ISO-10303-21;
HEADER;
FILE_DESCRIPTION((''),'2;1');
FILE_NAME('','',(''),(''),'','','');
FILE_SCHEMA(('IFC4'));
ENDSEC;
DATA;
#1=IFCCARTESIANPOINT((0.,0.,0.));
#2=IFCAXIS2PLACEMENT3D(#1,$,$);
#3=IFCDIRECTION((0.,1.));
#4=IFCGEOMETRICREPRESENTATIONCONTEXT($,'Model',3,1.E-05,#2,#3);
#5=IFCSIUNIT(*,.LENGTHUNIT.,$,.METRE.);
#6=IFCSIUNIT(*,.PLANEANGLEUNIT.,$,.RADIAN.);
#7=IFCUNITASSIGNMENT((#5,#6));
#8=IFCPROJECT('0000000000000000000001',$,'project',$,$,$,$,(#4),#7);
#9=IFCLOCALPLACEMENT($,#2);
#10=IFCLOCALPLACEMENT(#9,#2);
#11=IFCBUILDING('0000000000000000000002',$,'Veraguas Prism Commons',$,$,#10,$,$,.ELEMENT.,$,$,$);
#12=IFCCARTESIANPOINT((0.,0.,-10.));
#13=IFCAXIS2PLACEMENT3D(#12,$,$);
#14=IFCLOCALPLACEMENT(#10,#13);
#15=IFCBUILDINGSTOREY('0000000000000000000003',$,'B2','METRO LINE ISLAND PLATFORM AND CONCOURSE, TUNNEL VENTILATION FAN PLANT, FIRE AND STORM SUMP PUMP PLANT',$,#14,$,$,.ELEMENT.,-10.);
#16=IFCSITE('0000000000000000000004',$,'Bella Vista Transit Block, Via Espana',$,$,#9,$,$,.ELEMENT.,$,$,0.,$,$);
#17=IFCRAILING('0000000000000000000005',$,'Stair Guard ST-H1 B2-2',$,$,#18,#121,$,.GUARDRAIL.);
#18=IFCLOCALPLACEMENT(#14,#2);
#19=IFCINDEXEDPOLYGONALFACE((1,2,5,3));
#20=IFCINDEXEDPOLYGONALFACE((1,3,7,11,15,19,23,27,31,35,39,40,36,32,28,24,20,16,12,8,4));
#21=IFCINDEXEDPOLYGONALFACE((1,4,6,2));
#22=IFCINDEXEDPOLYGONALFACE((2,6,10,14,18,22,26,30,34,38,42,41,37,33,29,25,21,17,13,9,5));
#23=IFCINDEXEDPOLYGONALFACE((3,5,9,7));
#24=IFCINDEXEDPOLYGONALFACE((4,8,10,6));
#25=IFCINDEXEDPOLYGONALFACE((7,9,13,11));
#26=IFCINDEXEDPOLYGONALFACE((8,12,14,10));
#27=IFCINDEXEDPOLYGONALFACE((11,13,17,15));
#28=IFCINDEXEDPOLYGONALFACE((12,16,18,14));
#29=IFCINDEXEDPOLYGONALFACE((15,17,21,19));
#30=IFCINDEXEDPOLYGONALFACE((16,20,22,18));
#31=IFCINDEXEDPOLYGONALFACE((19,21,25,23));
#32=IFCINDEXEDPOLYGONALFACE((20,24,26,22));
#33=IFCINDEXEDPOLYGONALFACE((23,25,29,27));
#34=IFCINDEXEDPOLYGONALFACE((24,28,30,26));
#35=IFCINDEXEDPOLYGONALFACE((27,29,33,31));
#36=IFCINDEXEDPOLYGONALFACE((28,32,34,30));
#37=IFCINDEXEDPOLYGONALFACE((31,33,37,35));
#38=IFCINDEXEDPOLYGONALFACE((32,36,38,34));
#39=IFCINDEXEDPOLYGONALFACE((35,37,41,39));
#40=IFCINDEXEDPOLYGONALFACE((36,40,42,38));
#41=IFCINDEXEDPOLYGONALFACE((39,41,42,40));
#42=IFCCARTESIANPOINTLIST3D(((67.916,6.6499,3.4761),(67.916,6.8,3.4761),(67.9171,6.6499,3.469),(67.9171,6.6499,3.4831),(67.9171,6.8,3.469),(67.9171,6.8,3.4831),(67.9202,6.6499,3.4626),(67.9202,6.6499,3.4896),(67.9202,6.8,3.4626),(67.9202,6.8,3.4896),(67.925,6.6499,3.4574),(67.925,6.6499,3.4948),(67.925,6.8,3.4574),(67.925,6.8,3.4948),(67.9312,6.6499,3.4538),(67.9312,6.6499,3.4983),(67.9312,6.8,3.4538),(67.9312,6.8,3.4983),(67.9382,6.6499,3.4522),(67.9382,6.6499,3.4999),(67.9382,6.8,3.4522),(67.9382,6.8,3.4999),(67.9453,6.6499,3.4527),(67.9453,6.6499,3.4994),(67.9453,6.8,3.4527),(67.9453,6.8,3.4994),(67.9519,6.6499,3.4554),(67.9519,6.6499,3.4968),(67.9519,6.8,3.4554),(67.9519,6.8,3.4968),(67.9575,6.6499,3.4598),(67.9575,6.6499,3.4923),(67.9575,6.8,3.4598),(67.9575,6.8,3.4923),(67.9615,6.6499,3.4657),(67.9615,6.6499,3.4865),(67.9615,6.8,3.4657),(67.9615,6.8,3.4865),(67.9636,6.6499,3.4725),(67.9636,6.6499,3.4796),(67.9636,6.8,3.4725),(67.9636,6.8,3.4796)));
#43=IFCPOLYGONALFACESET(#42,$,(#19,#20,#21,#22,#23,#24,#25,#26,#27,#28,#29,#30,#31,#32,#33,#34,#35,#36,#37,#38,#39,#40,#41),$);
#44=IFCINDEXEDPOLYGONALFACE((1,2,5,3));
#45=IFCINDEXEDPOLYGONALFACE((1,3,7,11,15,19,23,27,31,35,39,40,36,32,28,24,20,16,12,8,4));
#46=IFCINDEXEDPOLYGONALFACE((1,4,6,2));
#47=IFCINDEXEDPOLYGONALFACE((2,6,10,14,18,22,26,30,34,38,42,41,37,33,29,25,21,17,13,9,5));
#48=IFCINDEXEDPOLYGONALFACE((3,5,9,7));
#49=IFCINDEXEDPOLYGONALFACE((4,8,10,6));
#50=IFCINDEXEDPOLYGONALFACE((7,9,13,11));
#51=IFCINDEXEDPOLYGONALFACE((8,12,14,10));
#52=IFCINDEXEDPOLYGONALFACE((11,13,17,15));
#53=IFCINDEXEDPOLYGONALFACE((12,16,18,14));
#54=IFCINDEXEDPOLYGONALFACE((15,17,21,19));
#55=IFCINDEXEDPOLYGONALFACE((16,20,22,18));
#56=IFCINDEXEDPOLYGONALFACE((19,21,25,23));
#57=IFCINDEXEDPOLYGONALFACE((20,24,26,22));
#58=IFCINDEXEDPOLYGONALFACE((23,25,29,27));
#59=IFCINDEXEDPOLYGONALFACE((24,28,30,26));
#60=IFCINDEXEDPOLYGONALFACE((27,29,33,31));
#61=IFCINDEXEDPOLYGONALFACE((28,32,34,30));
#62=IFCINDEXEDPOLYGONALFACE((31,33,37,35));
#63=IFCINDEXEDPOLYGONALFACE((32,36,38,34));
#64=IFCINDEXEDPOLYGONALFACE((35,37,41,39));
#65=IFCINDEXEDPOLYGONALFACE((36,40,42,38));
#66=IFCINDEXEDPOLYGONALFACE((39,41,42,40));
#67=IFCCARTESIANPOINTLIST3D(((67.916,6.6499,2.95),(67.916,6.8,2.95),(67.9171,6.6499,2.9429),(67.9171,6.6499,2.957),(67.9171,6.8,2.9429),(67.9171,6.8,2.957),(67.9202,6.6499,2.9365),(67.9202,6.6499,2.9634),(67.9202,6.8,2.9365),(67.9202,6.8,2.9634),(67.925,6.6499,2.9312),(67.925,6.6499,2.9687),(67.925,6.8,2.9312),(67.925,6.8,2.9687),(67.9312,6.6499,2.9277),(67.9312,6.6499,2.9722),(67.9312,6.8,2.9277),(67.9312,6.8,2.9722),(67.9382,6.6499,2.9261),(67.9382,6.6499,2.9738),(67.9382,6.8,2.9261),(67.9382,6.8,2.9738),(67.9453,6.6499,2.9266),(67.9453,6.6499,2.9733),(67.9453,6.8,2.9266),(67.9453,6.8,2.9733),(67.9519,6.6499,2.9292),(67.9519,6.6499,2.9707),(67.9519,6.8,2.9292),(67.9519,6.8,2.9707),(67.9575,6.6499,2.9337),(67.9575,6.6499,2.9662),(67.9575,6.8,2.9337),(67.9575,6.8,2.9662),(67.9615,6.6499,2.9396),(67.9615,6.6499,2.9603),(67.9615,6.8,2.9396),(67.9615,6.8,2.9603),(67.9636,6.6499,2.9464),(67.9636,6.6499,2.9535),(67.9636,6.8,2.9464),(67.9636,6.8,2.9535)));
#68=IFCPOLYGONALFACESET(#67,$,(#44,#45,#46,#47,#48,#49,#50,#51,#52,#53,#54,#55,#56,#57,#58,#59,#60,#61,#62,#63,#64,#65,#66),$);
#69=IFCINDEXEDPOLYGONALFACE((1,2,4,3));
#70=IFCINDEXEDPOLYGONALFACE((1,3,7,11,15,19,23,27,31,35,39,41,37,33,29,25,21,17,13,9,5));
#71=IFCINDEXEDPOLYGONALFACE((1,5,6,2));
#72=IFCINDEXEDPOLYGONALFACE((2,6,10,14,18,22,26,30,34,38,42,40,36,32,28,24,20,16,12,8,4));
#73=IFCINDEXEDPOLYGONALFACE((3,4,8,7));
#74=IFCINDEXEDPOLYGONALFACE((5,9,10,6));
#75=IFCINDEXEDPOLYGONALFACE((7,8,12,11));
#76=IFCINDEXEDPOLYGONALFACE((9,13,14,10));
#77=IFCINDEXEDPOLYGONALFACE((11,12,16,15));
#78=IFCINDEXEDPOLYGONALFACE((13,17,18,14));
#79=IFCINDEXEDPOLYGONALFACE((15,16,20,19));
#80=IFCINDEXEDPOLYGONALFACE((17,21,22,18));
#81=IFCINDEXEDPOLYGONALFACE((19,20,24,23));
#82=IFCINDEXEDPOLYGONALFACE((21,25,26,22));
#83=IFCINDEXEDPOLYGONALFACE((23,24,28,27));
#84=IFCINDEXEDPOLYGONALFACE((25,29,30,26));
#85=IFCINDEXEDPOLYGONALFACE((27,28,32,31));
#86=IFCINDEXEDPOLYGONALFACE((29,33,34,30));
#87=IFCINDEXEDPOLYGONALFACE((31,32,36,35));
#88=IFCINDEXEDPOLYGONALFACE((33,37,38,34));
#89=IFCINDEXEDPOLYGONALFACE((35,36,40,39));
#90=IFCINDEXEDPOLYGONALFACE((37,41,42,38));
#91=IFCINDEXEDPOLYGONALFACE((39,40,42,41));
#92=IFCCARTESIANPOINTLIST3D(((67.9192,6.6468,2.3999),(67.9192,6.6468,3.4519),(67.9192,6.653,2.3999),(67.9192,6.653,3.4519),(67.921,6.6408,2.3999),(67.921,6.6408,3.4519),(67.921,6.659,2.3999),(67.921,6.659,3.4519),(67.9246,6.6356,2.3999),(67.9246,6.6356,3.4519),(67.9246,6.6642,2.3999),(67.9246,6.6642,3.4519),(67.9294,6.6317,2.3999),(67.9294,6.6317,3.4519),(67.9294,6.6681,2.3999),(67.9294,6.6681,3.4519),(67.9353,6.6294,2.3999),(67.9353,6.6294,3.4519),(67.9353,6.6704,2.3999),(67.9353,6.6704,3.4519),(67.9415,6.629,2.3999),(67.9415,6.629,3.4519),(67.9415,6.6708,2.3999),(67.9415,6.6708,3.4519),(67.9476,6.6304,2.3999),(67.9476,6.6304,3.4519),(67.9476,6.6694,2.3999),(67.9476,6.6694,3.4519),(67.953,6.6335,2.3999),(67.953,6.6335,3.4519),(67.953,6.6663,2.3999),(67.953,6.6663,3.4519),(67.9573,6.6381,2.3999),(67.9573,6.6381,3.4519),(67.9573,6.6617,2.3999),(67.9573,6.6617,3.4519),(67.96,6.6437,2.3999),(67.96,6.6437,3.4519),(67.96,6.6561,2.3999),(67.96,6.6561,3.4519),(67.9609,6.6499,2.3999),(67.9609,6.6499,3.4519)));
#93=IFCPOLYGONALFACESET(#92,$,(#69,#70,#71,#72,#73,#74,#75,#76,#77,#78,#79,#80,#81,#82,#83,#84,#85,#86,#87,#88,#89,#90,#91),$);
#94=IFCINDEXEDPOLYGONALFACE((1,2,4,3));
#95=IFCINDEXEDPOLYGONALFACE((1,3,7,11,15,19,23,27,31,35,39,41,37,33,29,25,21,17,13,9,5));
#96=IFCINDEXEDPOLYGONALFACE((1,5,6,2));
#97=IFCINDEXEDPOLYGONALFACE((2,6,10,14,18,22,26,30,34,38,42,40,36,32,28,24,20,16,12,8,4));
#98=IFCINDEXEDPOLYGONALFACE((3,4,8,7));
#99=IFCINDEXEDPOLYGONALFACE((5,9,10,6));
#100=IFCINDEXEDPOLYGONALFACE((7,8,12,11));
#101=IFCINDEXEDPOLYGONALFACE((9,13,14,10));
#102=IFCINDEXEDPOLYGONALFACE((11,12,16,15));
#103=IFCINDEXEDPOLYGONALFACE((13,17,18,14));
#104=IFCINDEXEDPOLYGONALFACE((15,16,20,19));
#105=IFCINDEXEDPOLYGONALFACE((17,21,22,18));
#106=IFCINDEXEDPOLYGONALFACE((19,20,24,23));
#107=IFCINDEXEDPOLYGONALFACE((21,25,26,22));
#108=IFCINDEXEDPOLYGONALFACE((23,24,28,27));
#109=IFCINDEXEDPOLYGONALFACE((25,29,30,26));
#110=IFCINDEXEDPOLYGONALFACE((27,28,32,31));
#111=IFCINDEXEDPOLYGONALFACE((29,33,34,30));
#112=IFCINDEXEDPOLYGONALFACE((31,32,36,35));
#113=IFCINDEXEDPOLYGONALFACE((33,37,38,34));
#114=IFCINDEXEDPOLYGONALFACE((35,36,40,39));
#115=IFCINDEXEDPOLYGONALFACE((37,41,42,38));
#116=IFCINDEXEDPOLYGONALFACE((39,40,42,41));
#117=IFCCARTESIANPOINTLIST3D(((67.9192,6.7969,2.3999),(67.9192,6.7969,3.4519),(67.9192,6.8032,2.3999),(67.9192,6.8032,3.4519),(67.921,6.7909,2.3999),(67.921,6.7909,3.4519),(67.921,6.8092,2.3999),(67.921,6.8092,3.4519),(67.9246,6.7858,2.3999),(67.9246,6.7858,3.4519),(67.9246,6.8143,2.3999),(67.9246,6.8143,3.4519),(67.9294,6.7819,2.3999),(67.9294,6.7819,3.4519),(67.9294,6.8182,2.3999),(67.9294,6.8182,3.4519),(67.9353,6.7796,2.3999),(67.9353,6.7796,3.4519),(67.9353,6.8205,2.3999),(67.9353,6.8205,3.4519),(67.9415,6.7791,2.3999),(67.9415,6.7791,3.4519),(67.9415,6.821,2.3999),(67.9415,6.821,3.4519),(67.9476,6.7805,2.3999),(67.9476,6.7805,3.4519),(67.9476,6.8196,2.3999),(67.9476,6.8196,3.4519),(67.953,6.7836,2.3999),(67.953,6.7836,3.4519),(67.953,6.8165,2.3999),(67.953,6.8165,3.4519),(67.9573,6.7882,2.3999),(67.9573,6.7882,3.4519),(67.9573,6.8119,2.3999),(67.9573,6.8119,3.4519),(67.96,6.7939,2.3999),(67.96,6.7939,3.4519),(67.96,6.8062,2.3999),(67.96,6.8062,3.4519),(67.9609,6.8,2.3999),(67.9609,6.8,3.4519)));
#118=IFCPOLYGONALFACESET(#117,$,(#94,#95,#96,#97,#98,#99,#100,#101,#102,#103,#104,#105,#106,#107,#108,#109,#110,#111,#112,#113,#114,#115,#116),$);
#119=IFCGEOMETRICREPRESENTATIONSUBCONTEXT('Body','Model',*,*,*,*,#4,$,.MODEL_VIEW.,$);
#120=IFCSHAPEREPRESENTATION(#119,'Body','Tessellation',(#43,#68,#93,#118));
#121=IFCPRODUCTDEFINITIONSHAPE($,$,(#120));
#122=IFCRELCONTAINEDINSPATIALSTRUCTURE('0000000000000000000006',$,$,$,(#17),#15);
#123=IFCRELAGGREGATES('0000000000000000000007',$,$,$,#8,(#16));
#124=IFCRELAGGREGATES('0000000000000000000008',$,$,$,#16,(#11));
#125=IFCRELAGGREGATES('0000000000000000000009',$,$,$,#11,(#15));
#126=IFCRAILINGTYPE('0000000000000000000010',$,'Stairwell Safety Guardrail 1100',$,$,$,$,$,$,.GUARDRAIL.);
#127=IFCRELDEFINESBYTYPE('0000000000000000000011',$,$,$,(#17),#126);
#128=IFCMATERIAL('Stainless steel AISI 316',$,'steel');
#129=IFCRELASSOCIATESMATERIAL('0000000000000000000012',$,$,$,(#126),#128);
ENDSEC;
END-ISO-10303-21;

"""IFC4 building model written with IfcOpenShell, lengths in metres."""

from ifc_helpers import new_model, si_unit, direction, frame, origin, origin_2d, place, context, subcontext, project, spatial, circle, extrude, material, type_object, element, save


model = new_model("IFC4")

# Units and contexts
model_context = context("Model", 3, precision=1e-05, world=origin(), true_north=direction((0.0, 1.0)))
body_context = subcontext(model_context, "Body", "Model", "MODEL_VIEW")
ifc_project = project(units=[si_unit("LENGTHUNIT", "METRE"), si_unit("PLANEANGLEUNIT", "RADIAN")], contexts=[model_context])

# Site, building, storey
site_placement = place(None, origin())
site = spatial("IfcSite", under=ifc_project, at=site_placement, Name="Bella Vista Transit Block, Via Espana", CompositionType="ELEMENT", RefElevation=0.0)
building_placement = place(site_placement, origin())
building = spatial("IfcBuilding", under=site, at=building_placement, Name="Veraguas Prism Commons", CompositionType="ELEMENT")
storey_placement = place(building_placement, frame((0.0, 0.0, -10.0)))
storey = spatial("IfcBuildingStorey", under=building, at=storey_placement, Name="B2", Description="METRO LINE ISLAND PLATFORM AND CONCOURSE, TUNNEL VENTILATION FAN PLANT, FIRE AND STORM SUMP PUMP PLANT", CompositionType="ELEMENT", Elevation=-10.0)

# Railing
ifc_material_1 = material(Name="Stainless steel AISI 316", Category="steel")
railing_type_1 = type_object("IfcRailingType", Name="Stairwell Safety Guardrail 1100", PredefinedType="GUARDRAIL", material=ifc_material_1)
railing_1_placement = place(storey_placement, frame((67.9399, 6.6499, 2.3999)))
element("IfcRailing", 1, at=railing_1_placement, inside=storey, type_object=railing_type_1, Name="Stair Guard ST-H1 B2-2", PredefinedType="GUARDRAIL", context=body_context, shape_type="SweptSolid", body=[
    extrude(circle(Radius=0.0239, at=origin_2d()), frame((0.0, 0.0, 1.0762), z_axis=(0.0, 1.0, 0.0), x_axis=(-1.0, 0.0, 0.0)), (0.0, 0.0, 1.0), 0.1501),
    extrude(circle(Radius=0.0239, at=origin_2d()), frame((0.0, 0.0, 0.55), z_axis=(0.0, 1.0, 0.0), x_axis=(-1.0, 0.0, 0.0)), (0.0, 0.0, 1.0), 0.1501),
    extrude(circle(Radius=0.021, at=origin_2d()), origin(), (0.0, 0.0, 1.0), 1.052),
    extrude(circle(Radius=0.021, at=origin_2d()), frame((0.0, 0.1501, 0.0)), (0.0, 0.0, 1.0), 1.052),
])

save(model, "model.ifc")
